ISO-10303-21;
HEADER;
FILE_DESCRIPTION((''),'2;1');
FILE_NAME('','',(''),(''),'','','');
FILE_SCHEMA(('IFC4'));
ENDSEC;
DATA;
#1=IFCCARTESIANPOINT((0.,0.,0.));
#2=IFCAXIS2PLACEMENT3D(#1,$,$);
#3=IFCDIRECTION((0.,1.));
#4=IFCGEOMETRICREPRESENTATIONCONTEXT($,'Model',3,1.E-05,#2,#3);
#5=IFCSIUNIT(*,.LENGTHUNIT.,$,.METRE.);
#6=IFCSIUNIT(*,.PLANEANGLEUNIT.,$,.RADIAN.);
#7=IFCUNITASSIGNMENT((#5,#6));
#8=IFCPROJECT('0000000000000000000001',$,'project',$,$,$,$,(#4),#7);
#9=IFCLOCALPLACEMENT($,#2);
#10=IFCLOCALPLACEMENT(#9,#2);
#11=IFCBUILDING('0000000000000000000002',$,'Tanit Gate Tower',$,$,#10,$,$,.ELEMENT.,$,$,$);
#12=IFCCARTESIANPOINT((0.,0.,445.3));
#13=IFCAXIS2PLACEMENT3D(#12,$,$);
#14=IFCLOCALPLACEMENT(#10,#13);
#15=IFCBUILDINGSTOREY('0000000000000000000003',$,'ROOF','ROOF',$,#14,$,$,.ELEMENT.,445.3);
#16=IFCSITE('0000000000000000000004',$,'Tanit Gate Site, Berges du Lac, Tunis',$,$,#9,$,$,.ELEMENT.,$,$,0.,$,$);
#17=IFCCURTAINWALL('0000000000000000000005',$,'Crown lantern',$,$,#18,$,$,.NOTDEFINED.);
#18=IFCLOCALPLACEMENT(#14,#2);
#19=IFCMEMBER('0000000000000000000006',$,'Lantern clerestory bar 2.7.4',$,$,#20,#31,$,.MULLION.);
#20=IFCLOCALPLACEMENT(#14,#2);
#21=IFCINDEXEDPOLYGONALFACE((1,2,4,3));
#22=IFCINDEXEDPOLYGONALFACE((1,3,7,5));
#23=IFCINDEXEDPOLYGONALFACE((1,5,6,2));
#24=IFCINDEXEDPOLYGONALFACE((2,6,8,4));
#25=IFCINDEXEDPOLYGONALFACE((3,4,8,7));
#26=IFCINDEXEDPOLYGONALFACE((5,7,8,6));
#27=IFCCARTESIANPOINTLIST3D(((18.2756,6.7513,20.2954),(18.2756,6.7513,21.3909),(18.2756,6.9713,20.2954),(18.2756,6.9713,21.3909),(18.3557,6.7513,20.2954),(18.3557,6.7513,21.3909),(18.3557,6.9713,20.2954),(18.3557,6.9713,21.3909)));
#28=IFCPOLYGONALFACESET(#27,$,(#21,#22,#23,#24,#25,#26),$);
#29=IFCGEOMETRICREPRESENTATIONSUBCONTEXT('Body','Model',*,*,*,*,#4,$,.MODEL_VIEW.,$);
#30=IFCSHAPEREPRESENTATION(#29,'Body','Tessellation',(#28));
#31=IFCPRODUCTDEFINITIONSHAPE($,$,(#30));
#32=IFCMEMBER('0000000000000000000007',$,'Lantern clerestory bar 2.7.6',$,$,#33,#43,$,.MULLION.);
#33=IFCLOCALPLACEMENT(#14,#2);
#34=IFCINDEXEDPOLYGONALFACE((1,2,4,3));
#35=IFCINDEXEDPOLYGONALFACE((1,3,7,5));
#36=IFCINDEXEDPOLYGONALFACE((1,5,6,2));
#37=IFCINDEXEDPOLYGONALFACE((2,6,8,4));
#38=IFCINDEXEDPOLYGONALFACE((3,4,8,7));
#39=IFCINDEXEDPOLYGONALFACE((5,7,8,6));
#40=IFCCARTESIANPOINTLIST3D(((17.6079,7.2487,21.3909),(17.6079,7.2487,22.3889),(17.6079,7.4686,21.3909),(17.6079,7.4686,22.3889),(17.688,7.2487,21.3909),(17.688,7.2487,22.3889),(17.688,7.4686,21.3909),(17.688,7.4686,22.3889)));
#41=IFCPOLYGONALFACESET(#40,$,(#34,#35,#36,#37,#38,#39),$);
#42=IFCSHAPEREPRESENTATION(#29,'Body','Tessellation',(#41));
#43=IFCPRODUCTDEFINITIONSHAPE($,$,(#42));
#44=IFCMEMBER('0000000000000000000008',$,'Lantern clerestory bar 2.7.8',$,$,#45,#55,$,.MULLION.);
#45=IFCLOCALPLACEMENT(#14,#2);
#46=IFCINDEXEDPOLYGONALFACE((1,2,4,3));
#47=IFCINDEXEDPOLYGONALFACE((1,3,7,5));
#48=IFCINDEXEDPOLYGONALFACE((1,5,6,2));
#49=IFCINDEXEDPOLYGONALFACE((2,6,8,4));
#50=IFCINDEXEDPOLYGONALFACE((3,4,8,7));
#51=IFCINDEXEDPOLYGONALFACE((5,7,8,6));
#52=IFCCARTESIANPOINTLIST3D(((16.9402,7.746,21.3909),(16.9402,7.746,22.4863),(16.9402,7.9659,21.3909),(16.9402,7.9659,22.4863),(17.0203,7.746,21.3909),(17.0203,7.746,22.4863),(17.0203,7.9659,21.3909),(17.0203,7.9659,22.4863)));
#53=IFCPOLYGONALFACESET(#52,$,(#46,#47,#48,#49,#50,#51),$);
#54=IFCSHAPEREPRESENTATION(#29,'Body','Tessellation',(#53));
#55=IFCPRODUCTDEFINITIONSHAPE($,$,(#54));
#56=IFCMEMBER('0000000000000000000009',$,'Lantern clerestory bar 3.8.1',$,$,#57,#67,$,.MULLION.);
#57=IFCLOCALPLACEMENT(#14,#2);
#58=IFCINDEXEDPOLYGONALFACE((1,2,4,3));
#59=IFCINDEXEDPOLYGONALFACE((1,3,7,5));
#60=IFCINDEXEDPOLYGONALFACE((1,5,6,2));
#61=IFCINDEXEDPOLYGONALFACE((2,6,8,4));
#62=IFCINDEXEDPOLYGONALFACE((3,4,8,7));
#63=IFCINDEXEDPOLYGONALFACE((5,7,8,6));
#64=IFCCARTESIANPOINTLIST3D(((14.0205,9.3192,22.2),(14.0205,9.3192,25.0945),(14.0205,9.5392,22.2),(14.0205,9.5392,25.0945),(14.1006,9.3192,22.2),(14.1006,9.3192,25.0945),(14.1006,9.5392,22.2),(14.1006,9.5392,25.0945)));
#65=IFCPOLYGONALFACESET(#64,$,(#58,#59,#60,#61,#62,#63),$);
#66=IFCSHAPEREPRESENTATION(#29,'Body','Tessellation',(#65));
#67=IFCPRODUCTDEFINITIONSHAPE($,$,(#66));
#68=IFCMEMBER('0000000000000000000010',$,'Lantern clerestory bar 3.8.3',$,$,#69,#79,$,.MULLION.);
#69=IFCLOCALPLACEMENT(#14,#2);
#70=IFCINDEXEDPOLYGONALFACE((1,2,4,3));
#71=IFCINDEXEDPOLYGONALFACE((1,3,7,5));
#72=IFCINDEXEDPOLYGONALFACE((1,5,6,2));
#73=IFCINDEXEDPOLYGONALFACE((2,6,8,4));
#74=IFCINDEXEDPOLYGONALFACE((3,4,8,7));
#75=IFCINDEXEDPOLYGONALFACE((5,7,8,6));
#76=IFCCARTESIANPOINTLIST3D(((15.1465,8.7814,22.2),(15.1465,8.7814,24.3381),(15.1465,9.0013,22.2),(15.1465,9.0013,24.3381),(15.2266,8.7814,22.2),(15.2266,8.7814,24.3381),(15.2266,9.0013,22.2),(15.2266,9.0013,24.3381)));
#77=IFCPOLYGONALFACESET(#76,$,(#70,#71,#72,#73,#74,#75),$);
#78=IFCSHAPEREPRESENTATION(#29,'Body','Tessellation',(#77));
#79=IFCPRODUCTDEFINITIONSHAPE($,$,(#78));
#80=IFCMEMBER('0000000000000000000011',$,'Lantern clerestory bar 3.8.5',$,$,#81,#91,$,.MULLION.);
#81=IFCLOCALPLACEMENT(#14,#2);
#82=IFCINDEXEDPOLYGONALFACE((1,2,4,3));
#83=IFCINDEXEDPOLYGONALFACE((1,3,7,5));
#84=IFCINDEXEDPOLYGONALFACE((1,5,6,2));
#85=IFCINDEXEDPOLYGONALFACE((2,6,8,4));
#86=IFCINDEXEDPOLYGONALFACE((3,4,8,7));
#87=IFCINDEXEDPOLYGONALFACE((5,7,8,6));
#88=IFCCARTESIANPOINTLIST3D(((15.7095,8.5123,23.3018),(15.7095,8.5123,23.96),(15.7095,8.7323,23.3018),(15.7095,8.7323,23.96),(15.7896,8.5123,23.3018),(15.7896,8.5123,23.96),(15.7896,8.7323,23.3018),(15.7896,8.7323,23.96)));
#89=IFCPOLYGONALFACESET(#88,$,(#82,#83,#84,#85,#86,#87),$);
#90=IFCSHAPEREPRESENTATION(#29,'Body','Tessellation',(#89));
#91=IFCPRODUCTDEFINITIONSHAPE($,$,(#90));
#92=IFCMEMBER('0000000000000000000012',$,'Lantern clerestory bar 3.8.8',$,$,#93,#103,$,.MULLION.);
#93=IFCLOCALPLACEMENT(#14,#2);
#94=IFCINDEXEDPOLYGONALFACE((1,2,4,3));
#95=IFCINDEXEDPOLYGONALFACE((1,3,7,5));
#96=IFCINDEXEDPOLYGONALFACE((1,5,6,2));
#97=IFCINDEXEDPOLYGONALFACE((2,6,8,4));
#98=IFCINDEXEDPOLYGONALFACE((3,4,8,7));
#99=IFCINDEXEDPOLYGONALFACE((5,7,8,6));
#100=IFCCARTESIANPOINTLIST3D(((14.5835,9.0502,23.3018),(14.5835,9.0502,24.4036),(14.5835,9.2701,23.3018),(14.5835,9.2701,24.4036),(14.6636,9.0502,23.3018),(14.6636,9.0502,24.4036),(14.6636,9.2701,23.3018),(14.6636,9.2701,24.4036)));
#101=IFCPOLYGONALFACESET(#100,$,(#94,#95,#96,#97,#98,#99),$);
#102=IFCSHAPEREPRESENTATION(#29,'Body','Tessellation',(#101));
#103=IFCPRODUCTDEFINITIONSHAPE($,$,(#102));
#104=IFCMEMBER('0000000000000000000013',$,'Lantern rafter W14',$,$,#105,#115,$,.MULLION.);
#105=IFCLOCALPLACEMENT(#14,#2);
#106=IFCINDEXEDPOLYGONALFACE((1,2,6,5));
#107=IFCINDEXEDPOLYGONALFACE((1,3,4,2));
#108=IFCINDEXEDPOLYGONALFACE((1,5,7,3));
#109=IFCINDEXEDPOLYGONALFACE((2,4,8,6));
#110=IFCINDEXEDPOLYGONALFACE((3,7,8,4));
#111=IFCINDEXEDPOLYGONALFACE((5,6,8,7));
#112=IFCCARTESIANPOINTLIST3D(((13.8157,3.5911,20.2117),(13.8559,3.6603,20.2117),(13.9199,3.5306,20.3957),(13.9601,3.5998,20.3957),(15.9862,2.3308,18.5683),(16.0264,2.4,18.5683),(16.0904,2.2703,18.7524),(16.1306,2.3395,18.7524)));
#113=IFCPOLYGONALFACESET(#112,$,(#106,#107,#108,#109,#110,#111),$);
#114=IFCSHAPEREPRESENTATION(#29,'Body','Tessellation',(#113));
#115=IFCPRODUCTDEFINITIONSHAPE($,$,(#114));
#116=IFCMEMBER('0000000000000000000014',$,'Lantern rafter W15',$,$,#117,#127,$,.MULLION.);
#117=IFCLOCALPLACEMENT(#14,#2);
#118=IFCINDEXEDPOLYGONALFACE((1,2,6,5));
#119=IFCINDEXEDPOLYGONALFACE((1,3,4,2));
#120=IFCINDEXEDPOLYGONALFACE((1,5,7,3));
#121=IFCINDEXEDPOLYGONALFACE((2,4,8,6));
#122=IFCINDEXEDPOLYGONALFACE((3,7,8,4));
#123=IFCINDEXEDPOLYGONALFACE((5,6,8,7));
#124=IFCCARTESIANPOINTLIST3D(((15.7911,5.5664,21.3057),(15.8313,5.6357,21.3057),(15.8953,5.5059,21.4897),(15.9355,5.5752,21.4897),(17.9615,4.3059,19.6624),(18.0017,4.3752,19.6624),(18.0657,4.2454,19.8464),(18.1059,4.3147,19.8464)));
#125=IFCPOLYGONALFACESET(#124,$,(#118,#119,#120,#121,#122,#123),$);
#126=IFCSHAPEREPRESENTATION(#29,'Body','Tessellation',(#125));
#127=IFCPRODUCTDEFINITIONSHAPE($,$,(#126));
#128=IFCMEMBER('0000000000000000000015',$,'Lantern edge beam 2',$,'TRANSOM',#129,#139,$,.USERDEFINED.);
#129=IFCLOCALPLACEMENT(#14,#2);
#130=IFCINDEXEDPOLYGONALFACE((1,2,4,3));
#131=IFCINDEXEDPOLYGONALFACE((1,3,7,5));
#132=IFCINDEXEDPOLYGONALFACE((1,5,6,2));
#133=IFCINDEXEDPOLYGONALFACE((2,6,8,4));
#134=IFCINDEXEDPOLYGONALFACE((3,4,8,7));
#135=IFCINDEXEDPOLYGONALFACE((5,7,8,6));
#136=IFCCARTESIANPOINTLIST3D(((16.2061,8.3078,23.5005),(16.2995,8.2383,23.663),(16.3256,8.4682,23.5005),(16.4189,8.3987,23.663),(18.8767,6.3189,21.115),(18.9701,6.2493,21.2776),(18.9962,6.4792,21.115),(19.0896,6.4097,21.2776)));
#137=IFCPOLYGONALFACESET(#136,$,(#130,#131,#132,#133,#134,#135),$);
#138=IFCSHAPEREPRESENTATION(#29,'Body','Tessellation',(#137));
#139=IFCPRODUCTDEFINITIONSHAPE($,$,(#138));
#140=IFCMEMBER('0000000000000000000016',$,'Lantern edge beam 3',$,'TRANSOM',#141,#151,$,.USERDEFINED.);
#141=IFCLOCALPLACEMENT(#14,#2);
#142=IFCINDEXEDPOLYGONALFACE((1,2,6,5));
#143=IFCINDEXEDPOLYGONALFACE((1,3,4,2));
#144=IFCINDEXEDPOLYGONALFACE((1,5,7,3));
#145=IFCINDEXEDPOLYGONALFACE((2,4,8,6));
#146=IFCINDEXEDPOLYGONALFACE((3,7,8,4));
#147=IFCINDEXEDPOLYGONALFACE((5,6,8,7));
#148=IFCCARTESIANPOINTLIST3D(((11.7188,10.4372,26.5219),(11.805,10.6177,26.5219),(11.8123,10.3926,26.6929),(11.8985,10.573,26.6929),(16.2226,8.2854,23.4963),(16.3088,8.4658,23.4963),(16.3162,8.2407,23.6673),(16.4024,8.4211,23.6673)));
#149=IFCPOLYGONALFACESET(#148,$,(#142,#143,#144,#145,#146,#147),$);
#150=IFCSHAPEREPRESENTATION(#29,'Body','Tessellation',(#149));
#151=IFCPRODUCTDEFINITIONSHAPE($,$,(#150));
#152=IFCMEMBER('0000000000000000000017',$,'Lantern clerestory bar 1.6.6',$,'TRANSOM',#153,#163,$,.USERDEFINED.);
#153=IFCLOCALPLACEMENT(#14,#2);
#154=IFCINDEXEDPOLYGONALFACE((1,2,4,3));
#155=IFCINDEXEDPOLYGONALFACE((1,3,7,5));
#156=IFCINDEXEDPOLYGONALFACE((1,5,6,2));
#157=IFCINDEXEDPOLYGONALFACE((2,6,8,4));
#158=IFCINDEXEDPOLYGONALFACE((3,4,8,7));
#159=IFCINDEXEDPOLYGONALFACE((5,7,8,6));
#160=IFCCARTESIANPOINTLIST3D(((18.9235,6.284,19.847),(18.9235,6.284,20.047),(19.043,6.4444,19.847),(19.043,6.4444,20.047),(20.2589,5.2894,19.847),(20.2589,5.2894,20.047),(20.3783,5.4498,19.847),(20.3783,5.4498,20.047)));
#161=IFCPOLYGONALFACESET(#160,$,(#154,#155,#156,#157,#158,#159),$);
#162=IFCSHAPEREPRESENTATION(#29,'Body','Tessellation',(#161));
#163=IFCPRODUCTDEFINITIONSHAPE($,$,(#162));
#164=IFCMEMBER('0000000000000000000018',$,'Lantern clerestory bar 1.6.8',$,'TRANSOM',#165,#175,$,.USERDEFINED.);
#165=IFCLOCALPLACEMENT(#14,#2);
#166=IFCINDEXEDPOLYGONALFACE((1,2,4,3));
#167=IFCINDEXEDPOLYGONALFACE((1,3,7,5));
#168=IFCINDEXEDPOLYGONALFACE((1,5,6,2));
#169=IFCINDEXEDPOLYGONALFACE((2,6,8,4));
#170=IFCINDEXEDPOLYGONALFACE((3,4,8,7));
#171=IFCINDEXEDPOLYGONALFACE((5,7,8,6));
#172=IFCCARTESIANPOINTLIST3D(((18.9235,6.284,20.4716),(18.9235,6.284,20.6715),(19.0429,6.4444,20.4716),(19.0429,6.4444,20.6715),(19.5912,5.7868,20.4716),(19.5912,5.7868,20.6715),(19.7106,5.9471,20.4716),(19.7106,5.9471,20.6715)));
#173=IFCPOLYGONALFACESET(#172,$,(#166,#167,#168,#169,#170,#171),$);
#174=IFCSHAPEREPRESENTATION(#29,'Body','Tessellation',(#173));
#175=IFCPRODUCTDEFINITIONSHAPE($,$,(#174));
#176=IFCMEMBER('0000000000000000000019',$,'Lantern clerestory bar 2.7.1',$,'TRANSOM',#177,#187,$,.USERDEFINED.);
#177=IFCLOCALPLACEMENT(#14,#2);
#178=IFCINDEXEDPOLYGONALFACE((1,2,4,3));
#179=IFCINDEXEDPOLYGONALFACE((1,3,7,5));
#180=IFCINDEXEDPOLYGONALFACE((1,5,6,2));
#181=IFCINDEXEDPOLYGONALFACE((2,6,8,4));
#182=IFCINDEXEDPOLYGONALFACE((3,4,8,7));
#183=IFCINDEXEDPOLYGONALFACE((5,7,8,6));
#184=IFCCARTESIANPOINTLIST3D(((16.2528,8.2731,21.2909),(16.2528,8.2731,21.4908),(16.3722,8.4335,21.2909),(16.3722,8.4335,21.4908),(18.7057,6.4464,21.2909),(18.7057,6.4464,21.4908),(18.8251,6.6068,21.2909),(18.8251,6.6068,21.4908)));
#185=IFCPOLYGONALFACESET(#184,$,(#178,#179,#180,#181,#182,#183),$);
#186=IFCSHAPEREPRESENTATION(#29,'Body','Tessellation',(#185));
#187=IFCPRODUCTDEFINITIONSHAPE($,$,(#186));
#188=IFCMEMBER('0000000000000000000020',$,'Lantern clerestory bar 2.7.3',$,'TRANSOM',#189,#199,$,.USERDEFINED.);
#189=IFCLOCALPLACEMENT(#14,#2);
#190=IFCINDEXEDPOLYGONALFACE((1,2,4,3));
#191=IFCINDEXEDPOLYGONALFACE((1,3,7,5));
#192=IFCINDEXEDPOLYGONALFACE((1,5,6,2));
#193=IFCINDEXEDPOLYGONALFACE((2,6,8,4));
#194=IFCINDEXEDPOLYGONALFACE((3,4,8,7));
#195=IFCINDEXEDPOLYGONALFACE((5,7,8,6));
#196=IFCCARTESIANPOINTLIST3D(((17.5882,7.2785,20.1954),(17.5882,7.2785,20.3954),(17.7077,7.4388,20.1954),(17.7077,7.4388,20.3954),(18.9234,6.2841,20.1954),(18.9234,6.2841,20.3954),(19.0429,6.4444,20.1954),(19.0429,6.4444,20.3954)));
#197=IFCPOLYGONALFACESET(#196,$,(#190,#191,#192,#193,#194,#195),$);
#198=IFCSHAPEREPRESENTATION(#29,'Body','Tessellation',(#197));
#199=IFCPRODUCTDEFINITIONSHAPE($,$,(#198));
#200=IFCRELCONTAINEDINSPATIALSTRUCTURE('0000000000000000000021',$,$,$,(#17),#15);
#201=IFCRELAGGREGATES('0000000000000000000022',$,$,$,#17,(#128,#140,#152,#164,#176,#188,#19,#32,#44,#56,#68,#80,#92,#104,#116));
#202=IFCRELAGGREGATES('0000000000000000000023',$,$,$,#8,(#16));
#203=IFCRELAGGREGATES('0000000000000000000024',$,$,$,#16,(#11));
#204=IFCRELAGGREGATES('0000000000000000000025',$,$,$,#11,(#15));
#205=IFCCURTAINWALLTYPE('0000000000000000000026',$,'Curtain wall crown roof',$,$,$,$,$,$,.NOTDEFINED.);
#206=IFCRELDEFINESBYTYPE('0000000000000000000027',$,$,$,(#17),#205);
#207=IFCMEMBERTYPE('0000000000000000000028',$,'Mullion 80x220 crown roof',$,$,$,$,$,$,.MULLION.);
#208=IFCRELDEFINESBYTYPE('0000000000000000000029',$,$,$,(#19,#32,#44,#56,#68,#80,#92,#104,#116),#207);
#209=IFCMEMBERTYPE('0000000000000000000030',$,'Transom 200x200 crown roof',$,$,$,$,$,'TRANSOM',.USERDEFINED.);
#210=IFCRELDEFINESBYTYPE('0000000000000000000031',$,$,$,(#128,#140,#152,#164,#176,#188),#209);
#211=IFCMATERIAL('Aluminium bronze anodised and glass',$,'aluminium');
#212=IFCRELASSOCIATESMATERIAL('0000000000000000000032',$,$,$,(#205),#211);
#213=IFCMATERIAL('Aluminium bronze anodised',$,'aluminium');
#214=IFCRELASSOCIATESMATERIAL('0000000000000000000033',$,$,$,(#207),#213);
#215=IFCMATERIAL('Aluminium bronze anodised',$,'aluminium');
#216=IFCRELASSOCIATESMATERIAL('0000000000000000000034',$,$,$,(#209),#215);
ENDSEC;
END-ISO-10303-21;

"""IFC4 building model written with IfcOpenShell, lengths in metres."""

from ifc_helpers import new_model, si_unit, direction, frame, origin, origin_2d, place, context, subcontext, project, spatial, rectangle, extrude, material, material_profile, profile_set, type_object, element, aggregate, save


model = new_model("IFC4")

# Units and contexts
model_context = context("Model", 3, precision=1e-05, world=origin(), true_north=direction((0.0, 1.0)))
body_context = subcontext(model_context, "Body", "Model", "MODEL_VIEW")
ifc_project = project(units=[si_unit("LENGTHUNIT", "METRE"), si_unit("PLANEANGLEUNIT", "RADIAN")], contexts=[model_context])

# Site, building, storey
site_placement = place(None, origin())
site = spatial("IfcSite", under=ifc_project, at=site_placement, Name="Tanit Gate Site, Berges du Lac, Tunis", CompositionType="ELEMENT", RefElevation=0.0)
building_placement = place(site_placement, origin())
building = spatial("IfcBuilding", under=site, at=building_placement, Name="Tanit Gate Tower", CompositionType="ELEMENT")
storey_placement = place(building_placement, frame((0.0, 0.0, 445.3)))
storey = spatial("IfcBuildingStorey", under=building, at=storey_placement, Name="ROOF", Description="ROOF", CompositionType="ELEMENT", Elevation=445.3)

# Curtain wall, members
ifc_material_1 = material(Name="Aluminium bronze anodised and glass", Category="aluminium")
curtain_wall_type = type_object("IfcCurtainWallType", Name="Curtain wall crown roof", PredefinedType="NOTDEFINED", material=ifc_material_1)
curtain_wall_placement = place(storey_placement, origin())
curtain_wall = element("IfcCurtainWall", 1, at=curtain_wall_placement, inside=storey, type_object=curtain_wall_type, Name="Crown lantern", PredefinedType="NOTDEFINED")
ifc_material_2 = material(Name="Aluminium bronze anodised", Category="aluminium")
ifc_material_profile_1 = material_profile(ifc_material_2, rectangle(XDim=0.0801, YDim=0.22, at=origin_2d()), Name="80x220 bronze rafter")
ifc_profile_set_1 = profile_set([ifc_material_profile_1], Name="Aluminium bronze anodised")
member_type_1 = type_object("IfcMemberType", Name="Mullion 80x220 crown roof", PredefinedType="MULLION", material=ifc_profile_set_1)
member_1_placement = place(storey_placement, frame((18.3157, 6.8613, 20.2954), z_axis=(0.0, 0.0, 1.0), x_axis=(1.0, 0.0, 0.0)))
member_1 = element("IfcMember", 2, at=member_1_placement, type_object=member_type_1, Name="Lantern clerestory bar 2.7.4", PredefinedType="MULLION", context=body_context, shape_type="SweptSolid", body=[
    extrude(rectangle(XDim=0.0801, YDim=0.22, at=origin_2d()), origin(), (0.0, 0.0, 1.0), 1.0955),
])
member_2_placement = place(storey_placement, frame((17.6479, 7.3586, 21.3909), z_axis=(0.0, 0.0, 1.0), x_axis=(1.0, 0.0, 0.0)))
member_2 = element("IfcMember", 3, at=member_2_placement, type_object=member_type_1, Name="Lantern clerestory bar 2.7.6", PredefinedType="MULLION", context=body_context, shape_type="SweptSolid", body=[
    extrude(rectangle(XDim=0.0801, YDim=0.22, at=origin_2d()), origin(), (0.0, 0.0, 1.0), 0.998),
])
member_3_placement = place(storey_placement, frame((16.9802, 7.856, 21.3909), z_axis=(0.0, 0.0, 1.0), x_axis=(1.0, 0.0, 0.0)))
member_3 = element("IfcMember", 4, at=member_3_placement, type_object=member_type_1, Name="Lantern clerestory bar 2.7.8", PredefinedType="MULLION", context=body_context, shape_type="SweptSolid", body=[
    extrude(rectangle(XDim=0.0801, YDim=0.22, at=origin_2d()), origin(), (0.0, 0.0, 1.0), 1.0955),
])
member_4_placement = place(storey_placement, frame((14.0605, 9.4292, 22.2), z_axis=(0.0, 0.0, 1.0), x_axis=(1.0, 0.0, 0.0)))
member_4 = element("IfcMember", 5, at=member_4_placement, type_object=member_type_1, Name="Lantern clerestory bar 3.8.1", PredefinedType="MULLION", context=body_context, shape_type="SweptSolid", body=[
    extrude(rectangle(XDim=0.0801, YDim=0.22, at=origin_2d()), origin(), (0.0, 0.0, 1.0), 2.8945),
])
member_5_placement = place(storey_placement, frame((15.1865, 8.8914, 22.2), z_axis=(0.0, 0.0, 1.0), x_axis=(1.0, 0.0, 0.0)))
member_5 = element("IfcMember", 6, at=member_5_placement, type_object=member_type_1, Name="Lantern clerestory bar 3.8.3", PredefinedType="MULLION", context=body_context, shape_type="SweptSolid", body=[
    extrude(rectangle(XDim=0.0801, YDim=0.22, at=origin_2d()), origin(), (0.0, 0.0, 1.0), 2.1382),
])
member_6_placement = place(storey_placement, frame((15.7495, 8.6223, 23.3018), z_axis=(0.0, 0.0, 1.0), x_axis=(1.0, 0.0, 0.0)))
member_6 = element("IfcMember", 7, at=member_6_placement, type_object=member_type_1, Name="Lantern clerestory bar 3.8.5", PredefinedType="MULLION", context=body_context, shape_type="SweptSolid", body=[
    extrude(rectangle(XDim=0.0801, YDim=0.22, at=origin_2d()), origin(), (0.0, 0.0, 1.0), 0.6582),
])
member_7_placement = place(storey_placement, frame((14.6235, 9.1602, 23.3018), z_axis=(0.0, 0.0, 1.0), x_axis=(1.0, 0.0, 0.0)))
member_7 = element("IfcMember", 8, at=member_7_placement, type_object=member_type_1, Name="Lantern clerestory bar 3.8.8", PredefinedType="MULLION", context=body_context, shape_type="SweptSolid", body=[
    extrude(rectangle(XDim=0.0801, YDim=0.22, at=origin_2d()), origin(), (0.0, 0.0, 1.0), 1.1018),
])
member_8_placement = place(storey_placement, frame((13.8879, 3.5955, 20.3037), z_axis=(0.723495, -0.420099, -0.547789), x_axis=(0.50214, 0.864786, 0.0)))
member_8 = element("IfcMember", 9, at=member_8_placement, type_object=member_type_1, Name="Lantern rafter W14", PredefinedType="MULLION", context=body_context, shape_type="SweptSolid", body=[
    extrude(rectangle(XDim=0.0801, YDim=0.22, at=origin_2d()), origin(), (0.0, 0.0, 1.0), 3.0),
])
member_9_placement = place(storey_placement, frame((15.8633, 5.5708, 21.3977), z_axis=(0.72347, -0.420166, -0.54777), x_axis=(0.502213, 0.864744, 0.0)))
member_9 = element("IfcMember", 10, at=member_9_placement, type_object=member_type_1, Name="Lantern rafter W15", PredefinedType="MULLION", context=body_context, shape_type="SweptSolid", body=[
    extrude(rectangle(XDim=0.0801, YDim=0.22, at=origin_2d()), origin(), (0.0, 0.0, 1.0), 3.0),
])
ifc_material_3 = material(Name="Aluminium bronze anodised", Category="aluminium")
ifc_material_profile_2 = material_profile(ifc_material_3, rectangle(XDim=0.2, YDim=0.2, at=origin_2d()), Name="200x200 bronze transom")
ifc_profile_set_2 = profile_set([ifc_material_profile_2], Name="Aluminium bronze anodised")
member_type_2 = type_object("IfcMemberType", Name="Transom 200x200 crown roof", ElementType="TRANSOM", PredefinedType="USERDEFINED", material=ifc_profile_set_2)
member_10_placement = place(storey_placement, frame((18.9832, 6.3643, 21.1963), z_axis=(-0.651977, 0.485571, 0.582363), x_axis=(-0.59731, -0.80201, 0.0)))
member_10 = element("IfcMember", 11, at=member_10_placement, type_object=member_type_2, Name="Lantern edge beam 2", ObjectType="TRANSOM", PredefinedType="USERDEFINED", context=body_context, shape_type="SweptSolid", body=[
    extrude(rectangle(XDim=0.2, YDim=0.2, at=origin_2d()), origin(), (0.0, 0.0, 1.0), 4.0962),
])
member_11_placement = place(storey_placement, frame((16.3125, 8.3533, 23.5818), z_axis=(-0.771618, 0.36866, 0.518358), x_axis=(-0.431099, -0.902305, 0.0)))
member_11 = element("IfcMember", 12, at=member_11_placement, type_object=member_type_2, Name="Lantern edge beam 3", ObjectType="TRANSOM", PredefinedType="USERDEFINED", context=body_context, shape_type="SweptSolid", body=[
    extrude(rectangle(XDim=0.2, YDim=0.2, at=origin_2d()), origin(), (0.0, 0.0, 1.0), 5.8369),
])
member_12_placement = place(storey_placement, frame((20.3186, 5.3696, 19.947), z_axis=(-0.802001, 0.597322, 0.0), x_axis=(-0.597322, -0.802001, 0.0)))
member_12 = element("IfcMember", 13, at=member_12_placement, type_object=member_type_2, Name="Lantern clerestory bar 1.6.6", ObjectType="TRANSOM", PredefinedType="USERDEFINED", context=body_context, shape_type="SweptSolid", body=[
    extrude(rectangle(XDim=0.2, YDim=0.2, at=origin_2d()), origin(), (0.0, 0.0, 1.0), 1.665),
])
member_13_placement = place(storey_placement, frame((19.6509, 5.8669, 20.5715), z_axis=(-0.802001, 0.597322, 0.0), x_axis=(-0.597322, -0.802001, 0.0)))
member_13 = element("IfcMember", 14, at=member_13_placement, type_object=member_type_2, Name="Lantern clerestory bar 1.6.8", ObjectType="TRANSOM", PredefinedType="USERDEFINED", context=body_context, shape_type="SweptSolid", body=[
    extrude(rectangle(XDim=0.2, YDim=0.2, at=origin_2d()), origin(), (0.0, 0.0, 1.0), 0.8325),
])
member_14_placement = place(storey_placement, frame((18.7654, 6.5266, 21.3909), z_axis=(-0.802036, 0.597276, 0.0), x_axis=(-0.597276, -0.802036, 0.0)))
member_14 = element("IfcMember", 15, at=member_14_placement, type_object=member_type_2, Name="Lantern clerestory bar 2.7.1", ObjectType="TRANSOM", PredefinedType="USERDEFINED", context=body_context, shape_type="SweptSolid", body=[
    extrude(rectangle(XDim=0.2, YDim=0.2, at=origin_2d()), origin(), (0.0, 0.0, 1.0), 3.0583),
])
member_15_placement = place(storey_placement, frame((18.9832, 6.3643, 20.2954), z_axis=(-0.802019, 0.597298, 0.0), x_axis=(-0.597298, -0.802019, 0.0)))
member_15 = element("IfcMember", 16, at=member_15_placement, type_object=member_type_2, Name="Lantern clerestory bar 2.7.3", ObjectType="TRANSOM", PredefinedType="USERDEFINED", context=body_context, shape_type="SweptSolid", body=[
    extrude(rectangle(XDim=0.2, YDim=0.2, at=origin_2d()), origin(), (0.0, 0.0, 1.0), 1.6648),
])
aggregate(curtain_wall, [member_10, member_11, member_12, member_13, member_14, member_15, member_1, member_2, member_3, member_4, member_5, member_6, member_7, member_8, member_9])

save(model, "model.ifc")
